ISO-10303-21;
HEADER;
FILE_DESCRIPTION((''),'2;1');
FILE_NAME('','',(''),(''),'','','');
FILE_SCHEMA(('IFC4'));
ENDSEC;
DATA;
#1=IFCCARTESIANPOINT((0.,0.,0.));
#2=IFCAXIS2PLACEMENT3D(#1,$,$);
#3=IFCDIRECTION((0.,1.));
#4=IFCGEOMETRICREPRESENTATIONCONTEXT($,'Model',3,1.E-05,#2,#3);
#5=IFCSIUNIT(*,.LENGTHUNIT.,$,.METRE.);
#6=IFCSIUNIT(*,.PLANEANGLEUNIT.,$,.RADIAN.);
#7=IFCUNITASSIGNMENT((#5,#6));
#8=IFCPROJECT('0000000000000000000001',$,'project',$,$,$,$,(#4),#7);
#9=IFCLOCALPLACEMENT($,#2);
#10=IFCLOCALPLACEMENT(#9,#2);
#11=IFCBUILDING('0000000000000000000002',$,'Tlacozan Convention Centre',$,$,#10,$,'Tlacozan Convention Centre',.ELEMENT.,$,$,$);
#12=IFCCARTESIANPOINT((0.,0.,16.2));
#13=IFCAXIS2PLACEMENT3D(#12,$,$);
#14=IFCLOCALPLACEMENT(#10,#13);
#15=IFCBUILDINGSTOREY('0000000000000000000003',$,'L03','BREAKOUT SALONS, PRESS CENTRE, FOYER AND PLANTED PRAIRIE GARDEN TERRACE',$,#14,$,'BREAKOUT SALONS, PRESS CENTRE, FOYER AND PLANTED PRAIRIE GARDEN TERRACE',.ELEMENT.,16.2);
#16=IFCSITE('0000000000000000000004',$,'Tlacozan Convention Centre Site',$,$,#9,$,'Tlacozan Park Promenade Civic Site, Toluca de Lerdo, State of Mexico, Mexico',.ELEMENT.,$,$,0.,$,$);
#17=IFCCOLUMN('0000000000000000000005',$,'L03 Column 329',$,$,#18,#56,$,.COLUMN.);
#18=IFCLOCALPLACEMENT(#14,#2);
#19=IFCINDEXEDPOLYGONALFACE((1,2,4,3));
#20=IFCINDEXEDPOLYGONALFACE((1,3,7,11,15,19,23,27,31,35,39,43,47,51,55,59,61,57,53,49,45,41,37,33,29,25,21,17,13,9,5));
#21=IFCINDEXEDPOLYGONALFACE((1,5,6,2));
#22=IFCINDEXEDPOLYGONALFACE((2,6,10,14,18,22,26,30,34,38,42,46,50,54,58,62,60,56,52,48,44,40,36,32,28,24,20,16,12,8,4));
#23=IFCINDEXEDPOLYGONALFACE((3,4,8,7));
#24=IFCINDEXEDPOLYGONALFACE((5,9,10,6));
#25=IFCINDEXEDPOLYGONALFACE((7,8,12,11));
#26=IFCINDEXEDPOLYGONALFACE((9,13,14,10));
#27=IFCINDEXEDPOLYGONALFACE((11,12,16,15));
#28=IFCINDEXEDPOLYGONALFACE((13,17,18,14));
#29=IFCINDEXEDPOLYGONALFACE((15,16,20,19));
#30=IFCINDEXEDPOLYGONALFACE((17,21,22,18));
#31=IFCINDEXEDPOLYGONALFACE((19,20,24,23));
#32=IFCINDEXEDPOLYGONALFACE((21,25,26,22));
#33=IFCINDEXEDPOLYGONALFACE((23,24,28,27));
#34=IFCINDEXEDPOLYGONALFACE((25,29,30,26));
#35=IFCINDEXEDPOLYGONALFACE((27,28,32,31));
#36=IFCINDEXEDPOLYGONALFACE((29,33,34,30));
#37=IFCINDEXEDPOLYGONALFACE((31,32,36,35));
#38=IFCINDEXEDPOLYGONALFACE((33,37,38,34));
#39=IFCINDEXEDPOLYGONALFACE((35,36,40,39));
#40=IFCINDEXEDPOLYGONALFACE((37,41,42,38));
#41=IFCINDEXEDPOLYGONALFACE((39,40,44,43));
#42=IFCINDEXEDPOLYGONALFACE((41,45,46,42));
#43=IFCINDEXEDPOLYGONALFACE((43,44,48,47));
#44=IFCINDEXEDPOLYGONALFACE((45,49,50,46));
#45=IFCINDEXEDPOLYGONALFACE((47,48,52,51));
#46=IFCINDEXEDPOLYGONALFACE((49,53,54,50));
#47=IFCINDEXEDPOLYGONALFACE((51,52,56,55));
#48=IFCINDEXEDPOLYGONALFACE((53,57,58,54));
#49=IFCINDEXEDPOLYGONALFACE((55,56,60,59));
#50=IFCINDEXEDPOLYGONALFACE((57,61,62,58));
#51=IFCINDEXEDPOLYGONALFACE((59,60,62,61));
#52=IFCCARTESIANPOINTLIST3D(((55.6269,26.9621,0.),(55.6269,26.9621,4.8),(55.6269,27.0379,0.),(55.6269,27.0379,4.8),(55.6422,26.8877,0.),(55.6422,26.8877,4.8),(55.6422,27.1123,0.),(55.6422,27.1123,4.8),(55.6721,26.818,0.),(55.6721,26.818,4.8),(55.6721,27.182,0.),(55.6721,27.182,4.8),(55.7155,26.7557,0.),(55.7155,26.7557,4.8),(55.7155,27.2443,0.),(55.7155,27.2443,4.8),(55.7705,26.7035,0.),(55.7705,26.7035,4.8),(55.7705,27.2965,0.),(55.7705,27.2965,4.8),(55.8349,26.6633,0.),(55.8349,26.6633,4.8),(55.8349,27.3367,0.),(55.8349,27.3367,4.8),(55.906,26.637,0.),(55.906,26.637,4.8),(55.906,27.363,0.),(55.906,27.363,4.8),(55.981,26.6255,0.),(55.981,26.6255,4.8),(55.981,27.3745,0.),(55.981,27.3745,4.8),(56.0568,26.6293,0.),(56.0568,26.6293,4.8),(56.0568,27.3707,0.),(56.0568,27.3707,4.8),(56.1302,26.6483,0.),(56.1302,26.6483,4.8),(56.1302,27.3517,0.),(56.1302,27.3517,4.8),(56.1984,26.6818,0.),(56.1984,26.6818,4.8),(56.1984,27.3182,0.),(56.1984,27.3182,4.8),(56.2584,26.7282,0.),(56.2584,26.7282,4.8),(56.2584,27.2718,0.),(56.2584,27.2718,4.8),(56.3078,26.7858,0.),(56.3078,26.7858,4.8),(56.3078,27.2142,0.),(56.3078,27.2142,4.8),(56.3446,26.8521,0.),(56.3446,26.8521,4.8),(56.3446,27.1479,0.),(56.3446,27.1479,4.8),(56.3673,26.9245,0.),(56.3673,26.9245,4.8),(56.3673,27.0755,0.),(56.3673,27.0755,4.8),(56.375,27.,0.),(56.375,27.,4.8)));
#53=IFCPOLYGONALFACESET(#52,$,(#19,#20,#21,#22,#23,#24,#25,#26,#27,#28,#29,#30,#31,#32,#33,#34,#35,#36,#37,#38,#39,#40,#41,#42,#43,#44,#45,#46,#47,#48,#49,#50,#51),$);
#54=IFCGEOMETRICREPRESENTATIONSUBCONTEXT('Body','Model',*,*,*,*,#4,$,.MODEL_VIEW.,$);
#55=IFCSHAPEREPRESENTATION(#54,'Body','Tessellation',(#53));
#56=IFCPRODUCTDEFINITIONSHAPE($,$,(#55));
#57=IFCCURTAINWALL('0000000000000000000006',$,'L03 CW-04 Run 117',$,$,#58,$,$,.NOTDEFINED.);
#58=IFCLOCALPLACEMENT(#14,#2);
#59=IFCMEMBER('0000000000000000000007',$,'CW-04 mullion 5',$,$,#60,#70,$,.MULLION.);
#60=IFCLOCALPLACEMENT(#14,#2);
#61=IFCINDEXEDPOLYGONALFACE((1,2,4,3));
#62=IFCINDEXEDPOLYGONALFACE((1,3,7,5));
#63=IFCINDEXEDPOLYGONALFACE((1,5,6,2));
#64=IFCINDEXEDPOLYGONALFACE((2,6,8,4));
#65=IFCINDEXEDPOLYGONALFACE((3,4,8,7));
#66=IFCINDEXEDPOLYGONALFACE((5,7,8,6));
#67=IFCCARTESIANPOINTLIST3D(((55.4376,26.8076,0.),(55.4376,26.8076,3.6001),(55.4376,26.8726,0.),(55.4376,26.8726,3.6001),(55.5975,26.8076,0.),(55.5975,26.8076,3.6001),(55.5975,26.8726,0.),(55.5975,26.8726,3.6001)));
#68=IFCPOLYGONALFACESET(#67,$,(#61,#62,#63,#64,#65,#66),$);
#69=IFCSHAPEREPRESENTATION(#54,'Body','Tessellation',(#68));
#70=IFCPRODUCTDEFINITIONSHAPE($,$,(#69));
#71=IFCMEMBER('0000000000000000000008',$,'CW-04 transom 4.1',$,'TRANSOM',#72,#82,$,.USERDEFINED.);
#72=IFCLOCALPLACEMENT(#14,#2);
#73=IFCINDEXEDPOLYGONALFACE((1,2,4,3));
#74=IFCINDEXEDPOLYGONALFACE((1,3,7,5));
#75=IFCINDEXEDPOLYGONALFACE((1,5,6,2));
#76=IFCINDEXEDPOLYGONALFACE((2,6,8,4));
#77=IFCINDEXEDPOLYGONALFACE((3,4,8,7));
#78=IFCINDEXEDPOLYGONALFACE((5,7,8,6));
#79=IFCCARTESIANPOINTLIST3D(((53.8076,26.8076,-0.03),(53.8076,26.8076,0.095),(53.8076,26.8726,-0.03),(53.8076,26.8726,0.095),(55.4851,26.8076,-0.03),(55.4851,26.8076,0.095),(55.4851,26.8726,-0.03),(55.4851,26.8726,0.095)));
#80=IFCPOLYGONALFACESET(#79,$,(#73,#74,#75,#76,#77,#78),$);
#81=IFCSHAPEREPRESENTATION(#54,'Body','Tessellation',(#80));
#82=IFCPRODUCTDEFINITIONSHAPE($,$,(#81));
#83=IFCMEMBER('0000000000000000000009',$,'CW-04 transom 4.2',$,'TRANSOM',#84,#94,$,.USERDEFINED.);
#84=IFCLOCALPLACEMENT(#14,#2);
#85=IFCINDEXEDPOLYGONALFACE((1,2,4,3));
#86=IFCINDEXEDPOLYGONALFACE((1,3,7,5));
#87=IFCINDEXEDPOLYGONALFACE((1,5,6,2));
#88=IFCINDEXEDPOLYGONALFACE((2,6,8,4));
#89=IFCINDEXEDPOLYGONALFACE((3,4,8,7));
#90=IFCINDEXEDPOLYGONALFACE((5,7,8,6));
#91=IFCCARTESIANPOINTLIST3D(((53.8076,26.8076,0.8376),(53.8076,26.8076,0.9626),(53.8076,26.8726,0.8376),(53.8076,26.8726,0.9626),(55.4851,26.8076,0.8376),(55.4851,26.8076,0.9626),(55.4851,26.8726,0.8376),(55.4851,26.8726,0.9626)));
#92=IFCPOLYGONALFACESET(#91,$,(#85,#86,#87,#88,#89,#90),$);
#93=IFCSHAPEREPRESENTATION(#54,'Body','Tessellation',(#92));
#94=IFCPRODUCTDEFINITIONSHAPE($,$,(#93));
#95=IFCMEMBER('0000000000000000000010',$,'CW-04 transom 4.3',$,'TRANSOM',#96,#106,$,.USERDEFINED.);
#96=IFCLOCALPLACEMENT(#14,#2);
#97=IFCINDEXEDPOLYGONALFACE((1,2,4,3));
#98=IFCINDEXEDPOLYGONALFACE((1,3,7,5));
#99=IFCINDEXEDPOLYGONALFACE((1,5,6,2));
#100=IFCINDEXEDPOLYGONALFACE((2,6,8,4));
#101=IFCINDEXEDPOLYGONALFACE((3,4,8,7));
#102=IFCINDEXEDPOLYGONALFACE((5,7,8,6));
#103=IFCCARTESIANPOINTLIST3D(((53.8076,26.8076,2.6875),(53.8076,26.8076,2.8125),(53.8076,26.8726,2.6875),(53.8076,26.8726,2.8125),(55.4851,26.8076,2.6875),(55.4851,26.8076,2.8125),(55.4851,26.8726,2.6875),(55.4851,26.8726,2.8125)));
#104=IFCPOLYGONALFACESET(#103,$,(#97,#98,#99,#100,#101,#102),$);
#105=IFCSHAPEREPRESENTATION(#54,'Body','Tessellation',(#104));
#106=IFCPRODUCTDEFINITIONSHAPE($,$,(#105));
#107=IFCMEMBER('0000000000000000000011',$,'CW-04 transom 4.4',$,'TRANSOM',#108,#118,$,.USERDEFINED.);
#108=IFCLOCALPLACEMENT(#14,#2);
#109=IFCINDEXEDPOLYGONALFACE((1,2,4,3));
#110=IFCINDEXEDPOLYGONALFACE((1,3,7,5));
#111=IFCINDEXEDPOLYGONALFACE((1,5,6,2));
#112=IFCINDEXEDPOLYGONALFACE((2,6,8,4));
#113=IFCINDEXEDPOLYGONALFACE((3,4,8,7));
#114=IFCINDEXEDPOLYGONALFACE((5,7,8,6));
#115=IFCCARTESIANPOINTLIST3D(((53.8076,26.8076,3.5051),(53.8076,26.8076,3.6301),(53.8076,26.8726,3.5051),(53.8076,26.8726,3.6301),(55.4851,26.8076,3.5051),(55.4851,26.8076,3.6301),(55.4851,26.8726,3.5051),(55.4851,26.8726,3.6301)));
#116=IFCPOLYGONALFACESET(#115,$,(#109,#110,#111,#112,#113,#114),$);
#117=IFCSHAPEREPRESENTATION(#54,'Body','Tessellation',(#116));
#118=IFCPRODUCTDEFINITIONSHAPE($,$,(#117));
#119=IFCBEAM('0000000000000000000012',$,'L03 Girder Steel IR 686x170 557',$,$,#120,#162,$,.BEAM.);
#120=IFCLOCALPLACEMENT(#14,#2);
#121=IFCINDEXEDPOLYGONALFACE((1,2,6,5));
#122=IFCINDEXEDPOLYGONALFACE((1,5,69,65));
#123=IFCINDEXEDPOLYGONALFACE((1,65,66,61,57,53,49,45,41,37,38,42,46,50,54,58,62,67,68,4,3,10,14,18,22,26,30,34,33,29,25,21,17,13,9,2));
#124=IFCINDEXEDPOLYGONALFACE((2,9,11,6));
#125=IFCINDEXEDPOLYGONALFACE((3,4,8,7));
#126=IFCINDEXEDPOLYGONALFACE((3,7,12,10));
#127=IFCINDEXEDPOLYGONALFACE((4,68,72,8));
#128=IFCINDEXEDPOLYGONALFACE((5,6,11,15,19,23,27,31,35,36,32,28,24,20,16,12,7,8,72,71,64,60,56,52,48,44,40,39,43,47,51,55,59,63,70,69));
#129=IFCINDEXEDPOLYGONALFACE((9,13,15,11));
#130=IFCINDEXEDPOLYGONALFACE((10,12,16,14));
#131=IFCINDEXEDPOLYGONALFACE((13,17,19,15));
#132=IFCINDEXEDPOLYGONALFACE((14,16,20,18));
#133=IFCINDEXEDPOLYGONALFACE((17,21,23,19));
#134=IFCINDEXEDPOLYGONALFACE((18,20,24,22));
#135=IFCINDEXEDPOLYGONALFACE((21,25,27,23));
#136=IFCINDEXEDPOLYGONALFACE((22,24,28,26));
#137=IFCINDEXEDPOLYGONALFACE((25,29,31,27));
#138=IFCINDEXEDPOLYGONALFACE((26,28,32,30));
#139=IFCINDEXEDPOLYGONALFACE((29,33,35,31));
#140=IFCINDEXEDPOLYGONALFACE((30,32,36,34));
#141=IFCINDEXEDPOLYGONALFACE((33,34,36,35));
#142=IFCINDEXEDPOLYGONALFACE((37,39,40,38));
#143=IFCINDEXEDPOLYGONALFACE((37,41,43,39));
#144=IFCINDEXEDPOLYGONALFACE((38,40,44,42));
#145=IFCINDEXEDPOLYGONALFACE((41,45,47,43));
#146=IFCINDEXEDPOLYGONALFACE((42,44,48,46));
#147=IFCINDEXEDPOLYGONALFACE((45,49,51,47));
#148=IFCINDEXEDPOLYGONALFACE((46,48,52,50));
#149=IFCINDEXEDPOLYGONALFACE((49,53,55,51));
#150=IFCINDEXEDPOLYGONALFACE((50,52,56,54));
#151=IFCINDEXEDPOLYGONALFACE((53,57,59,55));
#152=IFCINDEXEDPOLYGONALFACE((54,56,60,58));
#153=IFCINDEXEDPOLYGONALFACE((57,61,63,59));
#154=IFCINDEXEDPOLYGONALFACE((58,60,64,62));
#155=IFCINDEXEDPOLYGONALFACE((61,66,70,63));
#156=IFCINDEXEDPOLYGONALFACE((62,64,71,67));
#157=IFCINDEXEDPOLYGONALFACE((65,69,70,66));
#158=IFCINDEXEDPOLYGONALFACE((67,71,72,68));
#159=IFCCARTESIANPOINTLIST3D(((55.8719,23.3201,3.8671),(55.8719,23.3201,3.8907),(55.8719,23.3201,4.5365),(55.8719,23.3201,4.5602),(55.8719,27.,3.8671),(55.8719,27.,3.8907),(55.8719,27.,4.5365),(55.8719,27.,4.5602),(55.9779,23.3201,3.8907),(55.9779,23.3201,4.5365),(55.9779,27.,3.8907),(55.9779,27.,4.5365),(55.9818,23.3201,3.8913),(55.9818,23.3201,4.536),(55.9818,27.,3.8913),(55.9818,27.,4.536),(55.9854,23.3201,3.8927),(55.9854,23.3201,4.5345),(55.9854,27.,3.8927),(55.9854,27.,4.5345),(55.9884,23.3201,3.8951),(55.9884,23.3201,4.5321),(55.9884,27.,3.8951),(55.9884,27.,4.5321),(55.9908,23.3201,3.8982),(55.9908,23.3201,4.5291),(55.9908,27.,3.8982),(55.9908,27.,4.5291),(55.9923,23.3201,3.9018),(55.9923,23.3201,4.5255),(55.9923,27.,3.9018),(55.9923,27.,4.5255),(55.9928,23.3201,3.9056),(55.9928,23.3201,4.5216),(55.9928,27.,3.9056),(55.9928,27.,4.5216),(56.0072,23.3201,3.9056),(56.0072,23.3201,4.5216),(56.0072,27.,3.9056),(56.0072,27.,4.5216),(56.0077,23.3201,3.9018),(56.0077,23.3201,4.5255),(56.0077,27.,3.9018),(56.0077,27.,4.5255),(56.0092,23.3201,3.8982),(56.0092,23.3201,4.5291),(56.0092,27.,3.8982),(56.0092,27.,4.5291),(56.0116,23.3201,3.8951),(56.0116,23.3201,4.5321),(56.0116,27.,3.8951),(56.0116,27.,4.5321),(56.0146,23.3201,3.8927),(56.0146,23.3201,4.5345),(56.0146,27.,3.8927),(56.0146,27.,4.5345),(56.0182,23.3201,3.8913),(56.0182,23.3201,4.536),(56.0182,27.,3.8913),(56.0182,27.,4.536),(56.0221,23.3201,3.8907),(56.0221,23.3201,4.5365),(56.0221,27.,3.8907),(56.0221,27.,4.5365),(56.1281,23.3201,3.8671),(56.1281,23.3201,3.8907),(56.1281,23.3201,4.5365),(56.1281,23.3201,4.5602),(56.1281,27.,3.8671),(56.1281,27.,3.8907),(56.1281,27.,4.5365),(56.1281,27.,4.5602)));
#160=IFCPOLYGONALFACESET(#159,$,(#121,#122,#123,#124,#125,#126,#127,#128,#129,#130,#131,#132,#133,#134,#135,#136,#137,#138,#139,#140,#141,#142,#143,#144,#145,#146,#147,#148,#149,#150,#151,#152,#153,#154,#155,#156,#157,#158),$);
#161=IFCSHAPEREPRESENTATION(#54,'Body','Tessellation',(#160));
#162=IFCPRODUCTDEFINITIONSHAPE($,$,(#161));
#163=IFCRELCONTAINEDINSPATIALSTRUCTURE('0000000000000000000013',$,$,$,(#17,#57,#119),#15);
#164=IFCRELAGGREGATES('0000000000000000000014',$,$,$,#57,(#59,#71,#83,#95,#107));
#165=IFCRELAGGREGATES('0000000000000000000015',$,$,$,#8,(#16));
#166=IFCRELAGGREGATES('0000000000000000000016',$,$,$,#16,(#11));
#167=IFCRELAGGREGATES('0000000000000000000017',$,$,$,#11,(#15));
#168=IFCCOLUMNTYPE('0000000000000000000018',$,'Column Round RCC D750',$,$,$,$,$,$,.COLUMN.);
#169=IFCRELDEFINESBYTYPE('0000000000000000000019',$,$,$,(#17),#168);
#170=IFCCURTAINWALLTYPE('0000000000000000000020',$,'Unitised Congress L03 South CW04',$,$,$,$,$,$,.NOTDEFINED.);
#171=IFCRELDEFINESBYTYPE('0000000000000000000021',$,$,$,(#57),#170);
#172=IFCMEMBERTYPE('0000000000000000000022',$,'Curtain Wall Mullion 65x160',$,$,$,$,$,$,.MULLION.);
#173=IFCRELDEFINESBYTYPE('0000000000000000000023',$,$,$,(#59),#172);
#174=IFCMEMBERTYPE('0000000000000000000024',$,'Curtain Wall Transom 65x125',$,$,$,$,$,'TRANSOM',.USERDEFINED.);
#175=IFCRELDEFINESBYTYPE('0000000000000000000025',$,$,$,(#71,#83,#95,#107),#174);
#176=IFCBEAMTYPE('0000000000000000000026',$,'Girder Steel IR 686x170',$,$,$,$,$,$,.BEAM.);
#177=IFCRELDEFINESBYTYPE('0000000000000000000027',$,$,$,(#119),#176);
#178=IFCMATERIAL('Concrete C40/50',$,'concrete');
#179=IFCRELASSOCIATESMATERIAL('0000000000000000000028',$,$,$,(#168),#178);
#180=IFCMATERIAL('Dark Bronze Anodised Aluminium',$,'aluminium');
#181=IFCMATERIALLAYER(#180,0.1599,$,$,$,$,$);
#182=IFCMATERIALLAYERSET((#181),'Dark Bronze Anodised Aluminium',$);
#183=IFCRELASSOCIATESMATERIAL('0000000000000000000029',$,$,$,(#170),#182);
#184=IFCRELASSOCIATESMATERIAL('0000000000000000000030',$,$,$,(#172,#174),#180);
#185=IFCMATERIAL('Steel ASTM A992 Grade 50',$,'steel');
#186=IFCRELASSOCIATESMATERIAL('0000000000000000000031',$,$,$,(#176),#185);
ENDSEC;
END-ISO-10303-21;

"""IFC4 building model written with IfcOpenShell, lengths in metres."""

from ifc_helpers import new_model, si_unit, direction, frame, origin, origin_2d, place, context, subcontext, project, spatial, rectangle, circle, i_section, extrude, material, layer, layer_set, material_profile, profile_set, type_object, element, aggregate, save


model = new_model("IFC4")

# Units and contexts
model_context = context("Model", 3, precision=1e-05, world=origin(), true_north=direction((0.0, 1.0)))
body_context = subcontext(model_context, "Body", "Model", "MODEL_VIEW")
ifc_project = project(units=[si_unit("LENGTHUNIT", "METRE"), si_unit("PLANEANGLEUNIT", "RADIAN")], contexts=[model_context])

# Site, building, storey
site_placement = place(None, origin())
site = spatial("IfcSite", under=ifc_project, at=site_placement, Name="Tlacozan Convention Centre Site", LongName="Tlacozan Park Promenade Civic Site, Toluca de Lerdo, State of Mexico, Mexico", CompositionType="ELEMENT", RefElevation=0.0)
building_placement = place(site_placement, origin())
building = spatial("IfcBuilding", under=site, at=building_placement, Name="Tlacozan Convention Centre", LongName="Tlacozan Convention Centre", CompositionType="ELEMENT")
storey_placement = place(building_placement, frame((0.0, 0.0, 16.2)))
storey = spatial("IfcBuildingStorey", under=building, at=storey_placement, Name="L03", Description="BREAKOUT SALONS, PRESS CENTRE, FOYER AND PLANTED PRAIRIE GARDEN TERRACE", LongName="BREAKOUT SALONS, PRESS CENTRE, FOYER AND PLANTED PRAIRIE GARDEN TERRACE", CompositionType="ELEMENT", Elevation=16.2)

# Column
ifc_material_1 = material(Name="Concrete C40/50", Category="concrete")
ifc_material_profile_1 = material_profile(ifc_material_1, circle(Radius=0.375, at=origin_2d()), Name="RCC D750")
ifc_profile_set_1 = profile_set([ifc_material_profile_1], Name="Concrete C40/50")
column_type = type_object("IfcColumnType", Name="Column Round RCC D750", PredefinedType="COLUMN", material=ifc_profile_set_1)
column_placement = place(storey_placement, frame((56.0, 27.0, 0.0), z_axis=(0.0, 0.0, 1.0), x_axis=(1.0, 0.0, 0.0)))
element("IfcColumn", 1, at=column_placement, inside=storey, type_object=column_type, Name="L03 Column 329", PredefinedType="COLUMN", context=body_context, shape_type="SweptSolid", body=[
    extrude(circle(Radius=0.375, at=origin_2d()), origin(), (0.0, 0.0, 1.0), 4.8),
])

# Curtain wall, members
ifc_material_2 = material(Name="Dark Bronze Anodised Aluminium", Category="aluminium")
ifc_layer_1 = layer(ifc_material_2, 0.1599)
ifc_layer_set_1 = layer_set([ifc_layer_1], Name="Dark Bronze Anodised Aluminium")
curtain_wall_type = type_object("IfcCurtainWallType", Name="Unitised Congress L03 South CW04", PredefinedType="NOTDEFINED", material=ifc_layer_set_1)
curtain_wall_placement = place(storey_placement, origin())
curtain_wall = element("IfcCurtainWall", 2, at=curtain_wall_placement, inside=storey, type_object=curtain_wall_type, Name="L03 CW-04 Run 117", PredefinedType="NOTDEFINED")
ifc_material_profile_2 = material_profile(ifc_material_2, rectangle(XDim=0.0649, YDim=0.1599, at=origin_2d()), Name="ALU 65x160")
ifc_profile_set_2 = profile_set([ifc_material_profile_2], Name="Dark Bronze Anodised Aluminium")
member_type_1 = type_object("IfcMemberType", Name="Curtain Wall Mullion 65x160", PredefinedType="MULLION", material=ifc_profile_set_2)
member_1_placement = place(storey_placement, frame((55.5176, 26.8401, 0.0), z_axis=(0.0, 0.0, 1.0), x_axis=(0.0, 1.0, 0.0)))
member_1 = element("IfcMember", 3, at=member_1_placement, type_object=member_type_1, Name="CW-04 mullion 5", PredefinedType="MULLION", context=body_context, shape_type="SweptSolid", body=[
    extrude(rectangle(XDim=0.0649, YDim=0.1599, at=origin_2d()), origin(), (0.0, 0.0, 1.0), 3.6001),
])
ifc_material_profile_3 = material_profile(ifc_material_2, rectangle(XDim=0.0649, YDim=0.125, at=origin_2d()), Name="ALU 65x125")
ifc_profile_set_3 = profile_set([ifc_material_profile_3], Name="Dark Bronze Anodised Aluminium")
member_type_2 = type_object("IfcMemberType", Name="Curtain Wall Transom 65x125", ElementType="TRANSOM", PredefinedType="USERDEFINED", material=ifc_profile_set_3)
member_2_placement = place(storey_placement, frame((53.8076, 26.8401, 0.0325), z_axis=(1.0, 0.0, 0.0), x_axis=(0.0, 1.0, 0.0)))
member_2 = element("IfcMember", 4, at=member_2_placement, type_object=member_type_2, Name="CW-04 transom 4.1", ObjectType="TRANSOM", PredefinedType="USERDEFINED", context=body_context, shape_type="SweptSolid", body=[
    extrude(rectangle(XDim=0.0649, YDim=0.125, at=origin_2d()), origin(), (0.0, 0.0, 1.0), 1.6775),
])
member_3_placement = place(storey_placement, frame((53.8076, 26.8401, 0.9001), z_axis=(1.0, 0.0, 0.0), x_axis=(0.0, 1.0, 0.0)))
member_3 = element("IfcMember", 5, at=member_3_placement, type_object=member_type_2, Name="CW-04 transom 4.2", ObjectType="TRANSOM", PredefinedType="USERDEFINED", context=body_context, shape_type="SweptSolid", body=[
    extrude(rectangle(XDim=0.0649, YDim=0.125, at=origin_2d()), origin(), (0.0, 0.0, 1.0), 1.6775),
])
member_4_placement = place(storey_placement, frame((53.8076, 26.8401, 2.75), z_axis=(1.0, 0.0, 0.0), x_axis=(0.0, 1.0, 0.0)))
member_4 = element("IfcMember", 6, at=member_4_placement, type_object=member_type_2, Name="CW-04 transom 4.3", ObjectType="TRANSOM", PredefinedType="USERDEFINED", context=body_context, shape_type="SweptSolid", body=[
    extrude(rectangle(XDim=0.0649, YDim=0.125, at=origin_2d()), origin(), (0.0, 0.0, 1.0), 1.6775),
])
member_5_placement = place(storey_placement, frame((53.8076, 26.8401, 3.5676), z_axis=(1.0, 0.0, 0.0), x_axis=(0.0, 1.0, 0.0)))
member_5 = element("IfcMember", 7, at=member_5_placement, type_object=member_type_2, Name="CW-04 transom 4.4", ObjectType="TRANSOM", PredefinedType="USERDEFINED", context=body_context, shape_type="SweptSolid", body=[
    extrude(rectangle(XDim=0.0649, YDim=0.125, at=origin_2d()), origin(), (0.0, 0.0, 1.0), 1.6775),
])

# Beam
ifc_material_3 = material(Name="Steel ASTM A992 Grade 50", Category="steel")
ifc_material_profile_4 = material_profile(ifc_material_3, i_section(OverallWidth=0.2561, OverallDepth=0.6931, WebThickness=0.0144, FlangeThickness=0.0237, FilletRadius=0.0149, at=origin_2d()), Name="IR 686x170.0")
ifc_profile_set_4 = profile_set([ifc_material_profile_4], Name="Steel ASTM A992 Grade 50")
beam_type_1 = type_object("IfcBeamType", Name="Girder Steel IR 686x170", PredefinedType="BEAM", material=ifc_profile_set_4)
beam_1_placement = place(storey_placement, frame((56.0, 23.3201, 4.2136), z_axis=(0.0, 1.0, 0.0), x_axis=(-1.0, 0.0, 0.0)))
element("IfcBeam", 8, at=beam_1_placement, inside=storey, type_object=beam_type_1, Name="L03 Girder Steel IR 686x170 557", PredefinedType="BEAM", context=body_context, shape_type="SweptSolid", body=[
    extrude(i_section(OverallWidth=0.2561, OverallDepth=0.6931, WebThickness=0.0144, FlangeThickness=0.0237, FilletRadius=0.0149, at=origin_2d()), origin(), (0.0, 0.0, 1.0), 3.6799),
])

aggregate(curtain_wall, [member_1, member_2, member_3, member_4, member_5])

save(model, "model.ifc")
